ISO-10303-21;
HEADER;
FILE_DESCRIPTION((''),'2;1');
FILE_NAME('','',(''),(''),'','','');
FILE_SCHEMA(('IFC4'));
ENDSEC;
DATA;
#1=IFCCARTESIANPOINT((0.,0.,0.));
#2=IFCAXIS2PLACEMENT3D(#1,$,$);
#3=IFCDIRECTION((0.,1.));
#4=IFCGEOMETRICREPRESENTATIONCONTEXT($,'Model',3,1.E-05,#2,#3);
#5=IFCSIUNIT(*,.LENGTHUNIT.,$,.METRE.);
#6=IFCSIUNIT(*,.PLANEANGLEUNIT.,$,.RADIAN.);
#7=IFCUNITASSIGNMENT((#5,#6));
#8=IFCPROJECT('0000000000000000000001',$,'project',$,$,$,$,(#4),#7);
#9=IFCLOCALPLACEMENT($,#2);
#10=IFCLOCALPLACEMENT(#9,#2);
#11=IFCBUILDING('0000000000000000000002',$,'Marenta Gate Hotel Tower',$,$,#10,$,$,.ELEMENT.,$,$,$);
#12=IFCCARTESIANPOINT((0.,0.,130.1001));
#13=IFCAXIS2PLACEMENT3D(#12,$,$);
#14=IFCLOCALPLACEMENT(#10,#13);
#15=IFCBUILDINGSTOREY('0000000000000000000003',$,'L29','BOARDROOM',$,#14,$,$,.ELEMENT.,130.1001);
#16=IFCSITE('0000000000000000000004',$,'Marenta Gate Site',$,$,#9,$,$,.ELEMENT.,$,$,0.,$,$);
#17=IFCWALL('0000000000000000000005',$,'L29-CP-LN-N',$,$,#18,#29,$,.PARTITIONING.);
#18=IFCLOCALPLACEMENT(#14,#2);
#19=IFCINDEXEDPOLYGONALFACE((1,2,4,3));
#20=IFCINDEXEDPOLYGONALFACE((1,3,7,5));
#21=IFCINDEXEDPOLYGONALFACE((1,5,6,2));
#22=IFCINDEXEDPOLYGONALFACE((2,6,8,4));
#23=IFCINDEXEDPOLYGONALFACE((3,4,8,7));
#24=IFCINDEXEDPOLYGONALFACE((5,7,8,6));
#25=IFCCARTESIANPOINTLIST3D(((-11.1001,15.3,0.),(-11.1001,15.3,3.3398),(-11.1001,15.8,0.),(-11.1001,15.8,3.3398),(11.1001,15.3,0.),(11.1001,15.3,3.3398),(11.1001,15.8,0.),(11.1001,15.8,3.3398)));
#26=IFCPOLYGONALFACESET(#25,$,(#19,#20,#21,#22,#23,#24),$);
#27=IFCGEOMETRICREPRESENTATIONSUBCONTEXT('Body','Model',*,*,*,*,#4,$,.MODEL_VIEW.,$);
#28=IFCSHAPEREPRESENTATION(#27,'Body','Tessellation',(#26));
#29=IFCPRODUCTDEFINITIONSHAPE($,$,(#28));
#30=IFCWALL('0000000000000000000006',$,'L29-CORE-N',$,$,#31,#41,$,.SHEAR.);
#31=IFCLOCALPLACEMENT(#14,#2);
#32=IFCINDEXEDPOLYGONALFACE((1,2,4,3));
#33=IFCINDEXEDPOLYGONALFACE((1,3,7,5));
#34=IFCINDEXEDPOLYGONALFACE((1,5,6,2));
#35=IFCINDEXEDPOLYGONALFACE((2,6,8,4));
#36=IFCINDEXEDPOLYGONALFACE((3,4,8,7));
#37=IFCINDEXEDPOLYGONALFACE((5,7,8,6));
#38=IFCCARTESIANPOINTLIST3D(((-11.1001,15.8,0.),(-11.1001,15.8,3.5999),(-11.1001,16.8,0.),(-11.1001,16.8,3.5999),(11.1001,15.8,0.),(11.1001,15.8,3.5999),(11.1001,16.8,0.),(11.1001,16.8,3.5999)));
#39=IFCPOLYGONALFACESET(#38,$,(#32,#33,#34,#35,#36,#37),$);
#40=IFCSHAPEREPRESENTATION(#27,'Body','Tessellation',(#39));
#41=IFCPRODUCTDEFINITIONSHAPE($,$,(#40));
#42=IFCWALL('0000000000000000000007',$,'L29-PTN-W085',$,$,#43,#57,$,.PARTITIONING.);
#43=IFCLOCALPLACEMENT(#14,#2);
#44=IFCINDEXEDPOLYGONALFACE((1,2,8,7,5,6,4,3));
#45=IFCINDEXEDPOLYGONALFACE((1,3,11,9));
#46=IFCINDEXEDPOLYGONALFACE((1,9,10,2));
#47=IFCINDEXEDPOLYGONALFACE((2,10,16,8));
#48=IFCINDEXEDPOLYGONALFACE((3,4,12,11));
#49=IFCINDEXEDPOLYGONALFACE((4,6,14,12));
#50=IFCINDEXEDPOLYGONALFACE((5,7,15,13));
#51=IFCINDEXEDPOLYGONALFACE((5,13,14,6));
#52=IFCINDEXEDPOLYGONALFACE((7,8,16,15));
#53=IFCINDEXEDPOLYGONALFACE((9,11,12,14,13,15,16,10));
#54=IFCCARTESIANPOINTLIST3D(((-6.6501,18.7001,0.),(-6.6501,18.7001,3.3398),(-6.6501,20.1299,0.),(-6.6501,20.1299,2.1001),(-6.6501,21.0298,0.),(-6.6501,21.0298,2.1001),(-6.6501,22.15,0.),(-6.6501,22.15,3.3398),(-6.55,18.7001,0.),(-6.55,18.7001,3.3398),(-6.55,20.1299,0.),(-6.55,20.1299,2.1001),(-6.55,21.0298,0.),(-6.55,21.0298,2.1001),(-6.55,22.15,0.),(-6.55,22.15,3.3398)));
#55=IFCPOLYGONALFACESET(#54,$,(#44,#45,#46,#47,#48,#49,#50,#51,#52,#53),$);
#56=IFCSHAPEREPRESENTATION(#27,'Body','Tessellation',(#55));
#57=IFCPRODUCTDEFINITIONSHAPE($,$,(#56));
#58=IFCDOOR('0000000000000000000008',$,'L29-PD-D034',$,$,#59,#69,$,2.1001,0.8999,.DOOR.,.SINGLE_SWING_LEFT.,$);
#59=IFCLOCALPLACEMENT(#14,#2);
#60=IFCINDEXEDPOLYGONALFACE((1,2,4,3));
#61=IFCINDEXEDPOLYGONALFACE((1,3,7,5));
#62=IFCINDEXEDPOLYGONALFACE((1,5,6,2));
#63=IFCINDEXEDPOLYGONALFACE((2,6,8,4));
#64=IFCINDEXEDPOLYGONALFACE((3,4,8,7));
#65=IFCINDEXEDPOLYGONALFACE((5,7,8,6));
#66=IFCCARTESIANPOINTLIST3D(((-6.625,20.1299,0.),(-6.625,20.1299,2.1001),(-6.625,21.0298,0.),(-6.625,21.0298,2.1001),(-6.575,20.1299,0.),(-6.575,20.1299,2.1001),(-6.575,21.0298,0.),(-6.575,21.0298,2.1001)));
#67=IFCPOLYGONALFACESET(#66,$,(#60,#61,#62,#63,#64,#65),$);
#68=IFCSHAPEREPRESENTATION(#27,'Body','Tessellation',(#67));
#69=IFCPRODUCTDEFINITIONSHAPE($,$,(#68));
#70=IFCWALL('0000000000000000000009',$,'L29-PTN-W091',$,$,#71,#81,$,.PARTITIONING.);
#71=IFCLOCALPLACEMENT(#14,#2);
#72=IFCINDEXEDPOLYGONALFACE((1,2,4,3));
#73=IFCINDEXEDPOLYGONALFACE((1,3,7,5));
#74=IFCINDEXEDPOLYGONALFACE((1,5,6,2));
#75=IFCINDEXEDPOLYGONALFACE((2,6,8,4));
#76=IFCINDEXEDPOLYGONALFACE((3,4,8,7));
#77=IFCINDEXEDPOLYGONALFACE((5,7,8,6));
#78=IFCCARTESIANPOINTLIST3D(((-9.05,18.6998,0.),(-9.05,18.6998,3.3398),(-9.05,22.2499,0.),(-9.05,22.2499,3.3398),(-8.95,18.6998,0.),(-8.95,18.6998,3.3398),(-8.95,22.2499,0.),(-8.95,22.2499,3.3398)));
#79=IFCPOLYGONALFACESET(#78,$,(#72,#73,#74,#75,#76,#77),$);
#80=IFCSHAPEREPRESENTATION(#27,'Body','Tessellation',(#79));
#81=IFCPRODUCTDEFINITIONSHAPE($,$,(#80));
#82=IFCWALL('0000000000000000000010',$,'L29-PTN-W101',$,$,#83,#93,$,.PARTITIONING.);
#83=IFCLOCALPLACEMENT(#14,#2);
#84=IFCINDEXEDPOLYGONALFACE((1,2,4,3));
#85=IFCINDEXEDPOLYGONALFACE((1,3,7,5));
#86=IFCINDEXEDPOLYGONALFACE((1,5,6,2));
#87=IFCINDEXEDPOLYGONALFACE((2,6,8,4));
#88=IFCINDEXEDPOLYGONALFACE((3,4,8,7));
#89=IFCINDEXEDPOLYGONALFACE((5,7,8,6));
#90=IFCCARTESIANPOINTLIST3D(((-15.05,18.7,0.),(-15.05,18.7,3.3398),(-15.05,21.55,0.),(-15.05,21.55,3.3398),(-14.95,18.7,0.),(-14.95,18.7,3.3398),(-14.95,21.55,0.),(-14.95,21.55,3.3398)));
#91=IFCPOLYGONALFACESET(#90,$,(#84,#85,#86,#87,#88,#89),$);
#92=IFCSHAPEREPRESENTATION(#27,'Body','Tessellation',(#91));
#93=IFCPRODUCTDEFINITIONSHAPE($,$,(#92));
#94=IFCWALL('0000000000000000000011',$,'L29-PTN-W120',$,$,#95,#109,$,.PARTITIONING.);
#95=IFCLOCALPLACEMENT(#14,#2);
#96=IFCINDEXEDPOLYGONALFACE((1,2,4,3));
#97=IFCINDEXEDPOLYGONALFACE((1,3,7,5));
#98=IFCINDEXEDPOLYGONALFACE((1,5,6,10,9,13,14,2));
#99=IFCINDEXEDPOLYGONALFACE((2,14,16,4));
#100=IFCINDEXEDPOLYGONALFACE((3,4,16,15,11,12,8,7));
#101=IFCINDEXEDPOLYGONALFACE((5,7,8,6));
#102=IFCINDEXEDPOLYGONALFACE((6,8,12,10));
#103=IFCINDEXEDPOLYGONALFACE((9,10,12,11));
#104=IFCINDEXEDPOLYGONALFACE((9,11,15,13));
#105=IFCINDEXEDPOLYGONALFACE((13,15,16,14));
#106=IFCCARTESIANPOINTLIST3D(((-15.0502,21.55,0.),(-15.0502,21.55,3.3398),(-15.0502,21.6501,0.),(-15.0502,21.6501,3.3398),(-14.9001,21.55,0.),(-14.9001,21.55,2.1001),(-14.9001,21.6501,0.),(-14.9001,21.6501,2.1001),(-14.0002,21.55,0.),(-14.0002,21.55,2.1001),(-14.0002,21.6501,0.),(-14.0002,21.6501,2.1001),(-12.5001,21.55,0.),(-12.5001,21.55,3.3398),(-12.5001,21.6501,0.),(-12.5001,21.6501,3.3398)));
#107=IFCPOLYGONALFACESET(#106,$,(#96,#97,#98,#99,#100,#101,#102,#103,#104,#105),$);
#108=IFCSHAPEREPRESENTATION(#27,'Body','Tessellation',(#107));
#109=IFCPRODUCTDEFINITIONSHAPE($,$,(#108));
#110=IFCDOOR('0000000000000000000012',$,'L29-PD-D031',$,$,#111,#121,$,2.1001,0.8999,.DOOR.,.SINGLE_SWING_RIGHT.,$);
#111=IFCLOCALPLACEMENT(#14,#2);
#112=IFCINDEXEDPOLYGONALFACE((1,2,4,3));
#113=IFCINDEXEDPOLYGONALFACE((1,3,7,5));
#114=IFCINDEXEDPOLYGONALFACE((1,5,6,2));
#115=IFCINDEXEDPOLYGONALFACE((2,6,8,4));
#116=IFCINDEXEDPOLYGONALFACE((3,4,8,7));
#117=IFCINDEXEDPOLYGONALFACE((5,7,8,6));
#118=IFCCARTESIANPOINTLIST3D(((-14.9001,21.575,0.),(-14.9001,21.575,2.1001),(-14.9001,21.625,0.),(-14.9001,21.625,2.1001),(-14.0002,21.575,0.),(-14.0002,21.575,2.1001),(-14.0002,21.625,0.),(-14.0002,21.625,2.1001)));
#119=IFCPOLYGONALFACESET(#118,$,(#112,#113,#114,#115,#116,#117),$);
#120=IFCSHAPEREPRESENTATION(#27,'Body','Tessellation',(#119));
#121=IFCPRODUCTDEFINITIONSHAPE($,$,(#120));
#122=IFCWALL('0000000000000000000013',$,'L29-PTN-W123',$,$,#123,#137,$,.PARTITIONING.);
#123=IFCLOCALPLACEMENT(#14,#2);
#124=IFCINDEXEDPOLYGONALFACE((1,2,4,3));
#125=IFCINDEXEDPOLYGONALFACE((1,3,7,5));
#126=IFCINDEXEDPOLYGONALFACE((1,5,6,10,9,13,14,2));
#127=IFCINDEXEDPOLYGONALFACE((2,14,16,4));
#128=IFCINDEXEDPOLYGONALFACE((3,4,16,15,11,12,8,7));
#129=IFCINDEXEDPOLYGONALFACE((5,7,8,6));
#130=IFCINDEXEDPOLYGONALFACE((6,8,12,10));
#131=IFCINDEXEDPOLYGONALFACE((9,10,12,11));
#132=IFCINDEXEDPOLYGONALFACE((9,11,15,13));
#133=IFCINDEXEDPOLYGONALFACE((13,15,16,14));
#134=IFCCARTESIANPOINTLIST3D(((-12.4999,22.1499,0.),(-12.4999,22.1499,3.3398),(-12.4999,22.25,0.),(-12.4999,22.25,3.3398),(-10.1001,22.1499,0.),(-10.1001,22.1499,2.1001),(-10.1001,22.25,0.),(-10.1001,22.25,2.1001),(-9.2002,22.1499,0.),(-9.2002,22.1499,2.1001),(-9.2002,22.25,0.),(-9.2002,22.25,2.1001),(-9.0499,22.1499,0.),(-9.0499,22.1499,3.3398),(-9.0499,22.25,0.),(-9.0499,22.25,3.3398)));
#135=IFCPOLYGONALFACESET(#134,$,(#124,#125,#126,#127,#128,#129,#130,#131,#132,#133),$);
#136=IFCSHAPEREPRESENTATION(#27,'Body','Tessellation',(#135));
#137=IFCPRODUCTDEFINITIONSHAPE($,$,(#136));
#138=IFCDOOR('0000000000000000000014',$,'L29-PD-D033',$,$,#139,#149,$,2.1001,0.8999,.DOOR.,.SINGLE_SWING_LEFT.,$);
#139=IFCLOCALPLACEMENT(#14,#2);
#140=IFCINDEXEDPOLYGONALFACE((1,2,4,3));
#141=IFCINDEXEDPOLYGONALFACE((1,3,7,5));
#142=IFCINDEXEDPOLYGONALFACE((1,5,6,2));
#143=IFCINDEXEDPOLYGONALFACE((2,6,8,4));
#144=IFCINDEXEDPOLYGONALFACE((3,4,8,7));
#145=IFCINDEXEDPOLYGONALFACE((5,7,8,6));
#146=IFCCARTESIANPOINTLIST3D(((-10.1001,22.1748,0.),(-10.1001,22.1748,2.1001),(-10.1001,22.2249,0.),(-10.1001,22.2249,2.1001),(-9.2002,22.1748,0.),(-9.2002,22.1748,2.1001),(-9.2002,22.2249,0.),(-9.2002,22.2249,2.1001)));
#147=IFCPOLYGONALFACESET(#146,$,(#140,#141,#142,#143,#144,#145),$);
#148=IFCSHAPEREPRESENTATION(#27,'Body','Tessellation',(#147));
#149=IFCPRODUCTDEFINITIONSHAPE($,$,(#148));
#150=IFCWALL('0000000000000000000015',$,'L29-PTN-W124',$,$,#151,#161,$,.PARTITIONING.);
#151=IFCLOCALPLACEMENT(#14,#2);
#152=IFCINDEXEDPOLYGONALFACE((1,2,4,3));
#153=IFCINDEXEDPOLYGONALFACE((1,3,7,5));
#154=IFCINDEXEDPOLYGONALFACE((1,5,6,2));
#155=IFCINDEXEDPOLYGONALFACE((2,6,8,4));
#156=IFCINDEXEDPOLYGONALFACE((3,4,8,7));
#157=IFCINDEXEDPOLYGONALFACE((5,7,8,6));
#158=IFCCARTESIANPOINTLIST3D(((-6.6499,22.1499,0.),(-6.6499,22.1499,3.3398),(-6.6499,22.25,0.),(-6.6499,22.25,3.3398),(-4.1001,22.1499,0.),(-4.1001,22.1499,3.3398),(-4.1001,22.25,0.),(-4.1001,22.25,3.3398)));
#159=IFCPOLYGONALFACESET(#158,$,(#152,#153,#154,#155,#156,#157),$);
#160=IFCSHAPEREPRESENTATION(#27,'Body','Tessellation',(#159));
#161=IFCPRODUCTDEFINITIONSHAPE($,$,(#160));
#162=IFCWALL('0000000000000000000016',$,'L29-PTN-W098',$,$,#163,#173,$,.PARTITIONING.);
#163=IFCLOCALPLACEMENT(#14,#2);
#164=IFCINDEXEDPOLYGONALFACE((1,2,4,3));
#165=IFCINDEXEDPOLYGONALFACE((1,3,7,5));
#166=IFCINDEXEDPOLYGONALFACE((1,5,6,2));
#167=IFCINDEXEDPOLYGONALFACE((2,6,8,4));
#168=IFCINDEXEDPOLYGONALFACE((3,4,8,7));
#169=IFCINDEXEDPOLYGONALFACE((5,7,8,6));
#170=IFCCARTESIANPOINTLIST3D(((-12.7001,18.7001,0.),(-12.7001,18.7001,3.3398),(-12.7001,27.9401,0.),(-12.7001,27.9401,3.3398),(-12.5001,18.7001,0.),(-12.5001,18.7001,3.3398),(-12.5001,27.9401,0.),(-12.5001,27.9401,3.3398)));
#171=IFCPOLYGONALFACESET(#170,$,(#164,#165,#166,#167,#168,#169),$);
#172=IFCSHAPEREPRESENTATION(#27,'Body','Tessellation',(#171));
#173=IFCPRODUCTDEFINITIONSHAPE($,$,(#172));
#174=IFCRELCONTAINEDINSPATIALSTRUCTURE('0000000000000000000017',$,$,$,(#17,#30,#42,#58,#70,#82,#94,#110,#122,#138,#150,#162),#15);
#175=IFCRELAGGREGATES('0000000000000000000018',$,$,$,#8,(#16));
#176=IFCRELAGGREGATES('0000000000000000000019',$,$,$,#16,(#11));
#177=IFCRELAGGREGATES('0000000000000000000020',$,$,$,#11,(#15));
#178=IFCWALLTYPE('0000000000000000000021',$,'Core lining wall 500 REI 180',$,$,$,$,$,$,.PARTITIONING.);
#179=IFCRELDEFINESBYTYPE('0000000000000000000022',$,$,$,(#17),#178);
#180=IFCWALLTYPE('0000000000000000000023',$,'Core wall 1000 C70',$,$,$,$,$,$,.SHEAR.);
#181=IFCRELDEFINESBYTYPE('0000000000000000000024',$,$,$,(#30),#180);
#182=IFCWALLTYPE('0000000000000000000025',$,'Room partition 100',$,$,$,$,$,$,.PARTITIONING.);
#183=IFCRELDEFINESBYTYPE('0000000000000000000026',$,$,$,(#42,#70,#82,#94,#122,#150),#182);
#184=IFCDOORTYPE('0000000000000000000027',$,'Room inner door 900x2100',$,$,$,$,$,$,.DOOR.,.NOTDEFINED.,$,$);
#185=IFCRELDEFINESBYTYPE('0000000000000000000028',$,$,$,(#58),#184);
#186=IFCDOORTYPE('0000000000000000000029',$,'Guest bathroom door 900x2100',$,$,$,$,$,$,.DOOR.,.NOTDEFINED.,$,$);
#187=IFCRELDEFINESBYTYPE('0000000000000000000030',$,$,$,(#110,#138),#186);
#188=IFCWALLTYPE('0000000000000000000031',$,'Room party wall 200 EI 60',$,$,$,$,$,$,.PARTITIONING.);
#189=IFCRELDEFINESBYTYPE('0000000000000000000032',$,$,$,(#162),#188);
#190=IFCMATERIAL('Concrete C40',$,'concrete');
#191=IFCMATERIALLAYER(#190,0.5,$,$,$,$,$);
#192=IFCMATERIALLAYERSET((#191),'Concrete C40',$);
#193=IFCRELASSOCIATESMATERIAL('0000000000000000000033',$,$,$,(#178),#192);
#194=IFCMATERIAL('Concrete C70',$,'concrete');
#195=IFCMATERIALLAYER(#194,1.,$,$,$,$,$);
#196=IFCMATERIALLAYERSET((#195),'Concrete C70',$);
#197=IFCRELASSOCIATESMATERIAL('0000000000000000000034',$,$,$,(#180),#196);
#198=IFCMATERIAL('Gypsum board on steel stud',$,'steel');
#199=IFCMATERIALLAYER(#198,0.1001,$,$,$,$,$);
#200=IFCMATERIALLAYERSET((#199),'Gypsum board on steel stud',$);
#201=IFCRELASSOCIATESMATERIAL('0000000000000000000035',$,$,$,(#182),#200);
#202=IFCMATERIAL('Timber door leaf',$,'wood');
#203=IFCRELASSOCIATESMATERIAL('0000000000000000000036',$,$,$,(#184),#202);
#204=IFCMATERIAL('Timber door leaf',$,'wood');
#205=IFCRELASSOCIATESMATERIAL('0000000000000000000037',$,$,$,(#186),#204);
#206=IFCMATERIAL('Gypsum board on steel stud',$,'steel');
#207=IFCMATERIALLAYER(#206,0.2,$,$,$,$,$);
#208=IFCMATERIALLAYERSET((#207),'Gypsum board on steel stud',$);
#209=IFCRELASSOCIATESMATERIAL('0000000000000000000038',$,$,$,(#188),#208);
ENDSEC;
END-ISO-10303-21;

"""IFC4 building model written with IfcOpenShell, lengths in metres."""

from ifc_helpers import new_model, si_unit, direction, frame, frame_2d, origin, place, context, subcontext, project, spatial, rectangle, extrude, material, layer, layer_set, type_object, element, fill, save


model = new_model("IFC4")

# Units and contexts
model_context = context("Model", 3, precision=1e-05, world=origin(), true_north=direction((0.0, 1.0)))
body_context = subcontext(model_context, "Body", "Model", "MODEL_VIEW")
ifc_project = project(units=[si_unit("LENGTHUNIT", "METRE"), si_unit("PLANEANGLEUNIT", "RADIAN")], contexts=[model_context])

# Site, building, storey
site_placement = place(None, origin())
site = spatial("IfcSite", under=ifc_project, at=site_placement, Name="Marenta Gate Site", CompositionType="ELEMENT", RefElevation=0.0)
building_placement = place(site_placement, origin())
building = spatial("IfcBuilding", under=site, at=building_placement, Name="Marenta Gate Hotel Tower", CompositionType="ELEMENT")
storey_placement = place(building_placement, frame((0.0, 0.0, 130.1001)))
storey = spatial("IfcBuildingStorey", under=building, at=storey_placement, Name="L29", Description="BOARDROOM", CompositionType="ELEMENT", Elevation=130.1001)

# Walls
ifc_material_1 = material(Name="Concrete C40", Category="concrete")
ifc_layer_1 = layer(ifc_material_1, 0.5)
ifc_layer_set_1 = layer_set([ifc_layer_1], Name="Concrete C40")
wall_type_1 = type_object("IfcWallType", Name="Core lining wall 500 REI 180", PredefinedType="PARTITIONING", material=ifc_layer_set_1)
wall_1_placement = place(storey_placement, frame((-11.1001, 15.55, 0.0), z_axis=(0.0, 0.0, 1.0), x_axis=(1.0, 0.0, 0.0)))
element("IfcWall", 1, at=wall_1_placement, inside=storey, type_object=wall_type_1, Name="L29-CP-LN-N", PredefinedType="PARTITIONING", context=body_context, shape_type="SweptSolid", body=[
    extrude(rectangle(XDim=22.2002, YDim=0.5, at=frame_2d((11.1001, 0.0))), origin(), (0.0, 0.0, 1.0), 3.3398),
])
ifc_material_2 = material(Name="Concrete C70", Category="concrete")
ifc_layer_2 = layer(ifc_material_2, 1.0)
ifc_layer_set_2 = layer_set([ifc_layer_2], Name="Concrete C70")
wall_type_2 = type_object("IfcWallType", Name="Core wall 1000 C70", PredefinedType="SHEAR", material=ifc_layer_set_2)
wall_2_placement = place(storey_placement, frame((-11.1001, 16.3, 0.0), z_axis=(0.0, 0.0, 1.0), x_axis=(1.0, 0.0, 0.0)))
element("IfcWall", 2, at=wall_2_placement, inside=storey, type_object=wall_type_2, Name="L29-CORE-N", PredefinedType="SHEAR", context=body_context, shape_type="SweptSolid", body=[
    extrude(rectangle(XDim=22.2002, YDim=1.0, at=frame_2d((11.1001, 0.0))), origin(), (0.0, 0.0, 1.0), 3.5999),
])

# Wall, opening, door
ifc_material_3 = material(Name="Gypsum board on steel stud", Category="steel")
ifc_layer_3 = layer(ifc_material_3, 0.1001)
ifc_layer_set_3 = layer_set([ifc_layer_3], Name="Gypsum board on steel stud")
wall_type_3 = type_object("IfcWallType", Name="Room partition 100", PredefinedType="PARTITIONING", material=ifc_layer_set_3)
wall_3_placement = place(storey_placement, frame((-6.6001, 18.7, 0.0), z_axis=(0.0, 0.0, 1.0), x_axis=(0.0, 1.0, 0.0)))
wall_3 = element("IfcWall", 3, at=wall_3_placement, inside=storey, type_object=wall_type_3, Name="L29-PTN-W085", PredefinedType="PARTITIONING", context=body_context, shape_type="SweptSolid", body=[
    extrude(rectangle(XDim=3.45, YDim=0.1001, at=frame_2d((1.7251, 0.0))), origin(), (0.0, 0.0, 1.0), 3.3398),
])
opening_1_placement = place(wall_3_placement, frame((1.4299, 0.0, 0.0)))
opening_1 = element("IfcOpeningElement", 4, at=opening_1_placement, cuts=wall_3, PredefinedType="OPENING", context=body_context, shape_type="SweptSolid", body=[
    extrude(rectangle(XDim=0.8999, YDim=2.1001, at=frame_2d((0.45, 1.05))), frame((0.0, 0.05, 0.0), z_axis=(0.0, -1.0, 0.0), x_axis=(1.0, 0.0, 0.0)), (0.0, 0.0, 1.0), 0.1001),
])
ifc_material_4 = material(Name="Timber door leaf", Category="wood")
door_type_1 = type_object("IfcDoorType", Name="Room inner door 900x2100", OperationType="NOTDEFINED", PredefinedType="DOOR", material=ifc_material_4)
door_1_placement = place(opening_1_placement, origin())
door_1 = element("IfcDoor", 5, at=door_1_placement, inside=storey, type_object=door_type_1, Name="L29-PD-D034", OperationType="SINGLE_SWING_LEFT", OverallHeight=2.1001, OverallWidth=0.8999, PredefinedType="DOOR", context=body_context, shape_type="SweptSolid", body=[
    extrude(rectangle(XDim=0.8999, YDim=2.1001, at=frame_2d((0.45, 1.05))), frame((0.0, 0.0249, 0.0), z_axis=(0.0, -1.0, 0.0), x_axis=(1.0, 0.0, 0.0)), (0.0, 0.0, 1.0), 0.05),
])
fill(opening_1, door_1)

# Walls
wall_4_placement = place(storey_placement, frame((-9.0, 18.7, 0.0), z_axis=(0.0, 0.0, 1.0), x_axis=(0.0, 1.0, 0.0)))
element("IfcWall", 6, at=wall_4_placement, inside=storey, type_object=wall_type_3, Name="L29-PTN-W091", PredefinedType="PARTITIONING", context=body_context, shape_type="SweptSolid", body=[
    extrude(rectangle(XDim=3.55, YDim=0.1001, at=frame_2d((1.7749, 0.0))), origin(), (0.0, 0.0, 1.0), 3.3398),
])
wall_5_placement = place(storey_placement, frame((-15.0, 18.7, 0.0), z_axis=(0.0, 0.0, 1.0), x_axis=(0.0, 1.0, 0.0)))
element("IfcWall", 7, at=wall_5_placement, inside=storey, type_object=wall_type_3, Name="L29-PTN-W101", PredefinedType="PARTITIONING", context=body_context, shape_type="SweptSolid", body=[
    extrude(rectangle(XDim=2.8501, YDim=0.1001, at=frame_2d((1.425, 0.0))), origin(), (0.0, 0.0, 1.0), 3.3398),
])

# Walls, openings, doors
wall_6_placement = place(storey_placement, frame((-15.05, 21.6001, 0.0), z_axis=(0.0, 0.0, 1.0), x_axis=(1.0, 0.0, 0.0)))
wall_6 = element("IfcWall", 8, at=wall_6_placement, inside=storey, type_object=wall_type_3, Name="L29-PTN-W120", PredefinedType="PARTITIONING", context=body_context, shape_type="SweptSolid", body=[
    extrude(rectangle(XDim=2.55, YDim=0.1001, at=frame_2d((1.2749, 0.0))), origin(), (0.0, 0.0, 1.0), 3.3398),
])
opening_2_placement = place(wall_6_placement, frame((0.1499, 0.0, 0.0)))
opening_2 = element("IfcOpeningElement", 9, at=opening_2_placement, cuts=wall_6, PredefinedType="OPENING", context=body_context, shape_type="SweptSolid", body=[
    extrude(rectangle(XDim=0.8999, YDim=2.1001, at=frame_2d((0.45, 1.05))), frame((0.0, 0.05, 0.0), z_axis=(0.0, -1.0, 0.0), x_axis=(1.0, 0.0, 0.0)), (0.0, 0.0, 1.0), 0.1001),
])
ifc_material_5 = material(Name="Timber door leaf", Category="wood")
door_type_2 = type_object("IfcDoorType", Name="Guest bathroom door 900x2100", OperationType="NOTDEFINED", PredefinedType="DOOR", material=ifc_material_5)
door_2_placement = place(opening_2_placement, origin())
door_2 = element("IfcDoor", 10, at=door_2_placement, inside=storey, type_object=door_type_2, Name="L29-PD-D031", OperationType="SINGLE_SWING_RIGHT", OverallHeight=2.1001, OverallWidth=0.8999, PredefinedType="DOOR", context=body_context, shape_type="SweptSolid", body=[
    extrude(rectangle(XDim=0.8999, YDim=2.1001, at=frame_2d((0.45, 1.05))), frame((0.0, 0.0249, 0.0), z_axis=(0.0, -1.0, 0.0), x_axis=(1.0, 0.0, 0.0)), (0.0, 0.0, 1.0), 0.05),
])
fill(opening_2, door_2)
wall_7_placement = place(storey_placement, frame((-12.5, 22.2, 0.0), z_axis=(0.0, 0.0, 1.0), x_axis=(1.0, 0.0, 0.0)))
wall_7 = element("IfcWall", 11, at=wall_7_placement, inside=storey, type_object=wall_type_3, Name="L29-PTN-W123", PredefinedType="PARTITIONING", context=body_context, shape_type="SweptSolid", body=[
    extrude(rectangle(XDim=3.45, YDim=0.1001, at=frame_2d((1.7251, 0.0))), origin(), (0.0, 0.0, 1.0), 3.3398),
])
opening_3_placement = place(wall_7_placement, frame((2.3999, 0.0, 0.0)))
opening_3 = element("IfcOpeningElement", 12, at=opening_3_placement, cuts=wall_7, PredefinedType="OPENING", context=body_context, shape_type="SweptSolid", body=[
    extrude(rectangle(XDim=0.8999, YDim=2.1001, at=frame_2d((0.45, 1.05))), frame((0.0, 0.05, 0.0), z_axis=(0.0, -1.0, 0.0), x_axis=(1.0, 0.0, 0.0)), (0.0, 0.0, 1.0), 0.1001),
])
door_3_placement = place(opening_3_placement, origin())
door_3 = element("IfcDoor", 13, at=door_3_placement, inside=storey, type_object=door_type_2, Name="L29-PD-D033", OperationType="SINGLE_SWING_LEFT", OverallHeight=2.1001, OverallWidth=0.8999, PredefinedType="DOOR", context=body_context, shape_type="SweptSolid", body=[
    extrude(rectangle(XDim=0.8999, YDim=2.1001, at=frame_2d((0.45, 1.05))), frame((0.0, 0.0249, 0.0), z_axis=(0.0, -1.0, 0.0), x_axis=(1.0, 0.0, 0.0)), (0.0, 0.0, 1.0), 0.05),
])
fill(opening_3, door_3)

# Walls
wall_8_placement = place(storey_placement, frame((-6.6499, 22.2, 0.0), z_axis=(0.0, 0.0, 1.0), x_axis=(1.0, 0.0, 0.0)))
element("IfcWall", 14, at=wall_8_placement, inside=storey, type_object=wall_type_3, Name="L29-PTN-W124", PredefinedType="PARTITIONING", context=body_context, shape_type="SweptSolid", body=[
    extrude(rectangle(XDim=2.5498, YDim=0.1001, at=frame_2d((1.2749, 0.0))), origin(), (0.0, 0.0, 1.0), 3.3398),
])
ifc_material_6 = material(Name="Gypsum board on steel stud", Category="steel")
ifc_layer_4 = layer(ifc_material_6, 0.2)
ifc_layer_set_4 = layer_set([ifc_layer_4], Name="Gypsum board on steel stud")
wall_type_4 = type_object("IfcWallType", Name="Room party wall 200 EI 60", PredefinedType="PARTITIONING", material=ifc_layer_set_4)
wall_9_placement = place(storey_placement, frame((-12.6001, 18.7, 0.0), z_axis=(0.0, 0.0, 1.0), x_axis=(0.0, 1.0, 0.0)))
element("IfcWall", 15, at=wall_9_placement, inside=storey, type_object=wall_type_4, Name="L29-PTN-W098", PredefinedType="PARTITIONING", context=body_context, shape_type="SweptSolid", body=[
    extrude(rectangle(XDim=9.24, YDim=0.2, at=frame_2d((4.6201, 0.0))), origin(), (0.0, 0.0, 1.0), 3.3398),
])

save(model, "model.ifc")
